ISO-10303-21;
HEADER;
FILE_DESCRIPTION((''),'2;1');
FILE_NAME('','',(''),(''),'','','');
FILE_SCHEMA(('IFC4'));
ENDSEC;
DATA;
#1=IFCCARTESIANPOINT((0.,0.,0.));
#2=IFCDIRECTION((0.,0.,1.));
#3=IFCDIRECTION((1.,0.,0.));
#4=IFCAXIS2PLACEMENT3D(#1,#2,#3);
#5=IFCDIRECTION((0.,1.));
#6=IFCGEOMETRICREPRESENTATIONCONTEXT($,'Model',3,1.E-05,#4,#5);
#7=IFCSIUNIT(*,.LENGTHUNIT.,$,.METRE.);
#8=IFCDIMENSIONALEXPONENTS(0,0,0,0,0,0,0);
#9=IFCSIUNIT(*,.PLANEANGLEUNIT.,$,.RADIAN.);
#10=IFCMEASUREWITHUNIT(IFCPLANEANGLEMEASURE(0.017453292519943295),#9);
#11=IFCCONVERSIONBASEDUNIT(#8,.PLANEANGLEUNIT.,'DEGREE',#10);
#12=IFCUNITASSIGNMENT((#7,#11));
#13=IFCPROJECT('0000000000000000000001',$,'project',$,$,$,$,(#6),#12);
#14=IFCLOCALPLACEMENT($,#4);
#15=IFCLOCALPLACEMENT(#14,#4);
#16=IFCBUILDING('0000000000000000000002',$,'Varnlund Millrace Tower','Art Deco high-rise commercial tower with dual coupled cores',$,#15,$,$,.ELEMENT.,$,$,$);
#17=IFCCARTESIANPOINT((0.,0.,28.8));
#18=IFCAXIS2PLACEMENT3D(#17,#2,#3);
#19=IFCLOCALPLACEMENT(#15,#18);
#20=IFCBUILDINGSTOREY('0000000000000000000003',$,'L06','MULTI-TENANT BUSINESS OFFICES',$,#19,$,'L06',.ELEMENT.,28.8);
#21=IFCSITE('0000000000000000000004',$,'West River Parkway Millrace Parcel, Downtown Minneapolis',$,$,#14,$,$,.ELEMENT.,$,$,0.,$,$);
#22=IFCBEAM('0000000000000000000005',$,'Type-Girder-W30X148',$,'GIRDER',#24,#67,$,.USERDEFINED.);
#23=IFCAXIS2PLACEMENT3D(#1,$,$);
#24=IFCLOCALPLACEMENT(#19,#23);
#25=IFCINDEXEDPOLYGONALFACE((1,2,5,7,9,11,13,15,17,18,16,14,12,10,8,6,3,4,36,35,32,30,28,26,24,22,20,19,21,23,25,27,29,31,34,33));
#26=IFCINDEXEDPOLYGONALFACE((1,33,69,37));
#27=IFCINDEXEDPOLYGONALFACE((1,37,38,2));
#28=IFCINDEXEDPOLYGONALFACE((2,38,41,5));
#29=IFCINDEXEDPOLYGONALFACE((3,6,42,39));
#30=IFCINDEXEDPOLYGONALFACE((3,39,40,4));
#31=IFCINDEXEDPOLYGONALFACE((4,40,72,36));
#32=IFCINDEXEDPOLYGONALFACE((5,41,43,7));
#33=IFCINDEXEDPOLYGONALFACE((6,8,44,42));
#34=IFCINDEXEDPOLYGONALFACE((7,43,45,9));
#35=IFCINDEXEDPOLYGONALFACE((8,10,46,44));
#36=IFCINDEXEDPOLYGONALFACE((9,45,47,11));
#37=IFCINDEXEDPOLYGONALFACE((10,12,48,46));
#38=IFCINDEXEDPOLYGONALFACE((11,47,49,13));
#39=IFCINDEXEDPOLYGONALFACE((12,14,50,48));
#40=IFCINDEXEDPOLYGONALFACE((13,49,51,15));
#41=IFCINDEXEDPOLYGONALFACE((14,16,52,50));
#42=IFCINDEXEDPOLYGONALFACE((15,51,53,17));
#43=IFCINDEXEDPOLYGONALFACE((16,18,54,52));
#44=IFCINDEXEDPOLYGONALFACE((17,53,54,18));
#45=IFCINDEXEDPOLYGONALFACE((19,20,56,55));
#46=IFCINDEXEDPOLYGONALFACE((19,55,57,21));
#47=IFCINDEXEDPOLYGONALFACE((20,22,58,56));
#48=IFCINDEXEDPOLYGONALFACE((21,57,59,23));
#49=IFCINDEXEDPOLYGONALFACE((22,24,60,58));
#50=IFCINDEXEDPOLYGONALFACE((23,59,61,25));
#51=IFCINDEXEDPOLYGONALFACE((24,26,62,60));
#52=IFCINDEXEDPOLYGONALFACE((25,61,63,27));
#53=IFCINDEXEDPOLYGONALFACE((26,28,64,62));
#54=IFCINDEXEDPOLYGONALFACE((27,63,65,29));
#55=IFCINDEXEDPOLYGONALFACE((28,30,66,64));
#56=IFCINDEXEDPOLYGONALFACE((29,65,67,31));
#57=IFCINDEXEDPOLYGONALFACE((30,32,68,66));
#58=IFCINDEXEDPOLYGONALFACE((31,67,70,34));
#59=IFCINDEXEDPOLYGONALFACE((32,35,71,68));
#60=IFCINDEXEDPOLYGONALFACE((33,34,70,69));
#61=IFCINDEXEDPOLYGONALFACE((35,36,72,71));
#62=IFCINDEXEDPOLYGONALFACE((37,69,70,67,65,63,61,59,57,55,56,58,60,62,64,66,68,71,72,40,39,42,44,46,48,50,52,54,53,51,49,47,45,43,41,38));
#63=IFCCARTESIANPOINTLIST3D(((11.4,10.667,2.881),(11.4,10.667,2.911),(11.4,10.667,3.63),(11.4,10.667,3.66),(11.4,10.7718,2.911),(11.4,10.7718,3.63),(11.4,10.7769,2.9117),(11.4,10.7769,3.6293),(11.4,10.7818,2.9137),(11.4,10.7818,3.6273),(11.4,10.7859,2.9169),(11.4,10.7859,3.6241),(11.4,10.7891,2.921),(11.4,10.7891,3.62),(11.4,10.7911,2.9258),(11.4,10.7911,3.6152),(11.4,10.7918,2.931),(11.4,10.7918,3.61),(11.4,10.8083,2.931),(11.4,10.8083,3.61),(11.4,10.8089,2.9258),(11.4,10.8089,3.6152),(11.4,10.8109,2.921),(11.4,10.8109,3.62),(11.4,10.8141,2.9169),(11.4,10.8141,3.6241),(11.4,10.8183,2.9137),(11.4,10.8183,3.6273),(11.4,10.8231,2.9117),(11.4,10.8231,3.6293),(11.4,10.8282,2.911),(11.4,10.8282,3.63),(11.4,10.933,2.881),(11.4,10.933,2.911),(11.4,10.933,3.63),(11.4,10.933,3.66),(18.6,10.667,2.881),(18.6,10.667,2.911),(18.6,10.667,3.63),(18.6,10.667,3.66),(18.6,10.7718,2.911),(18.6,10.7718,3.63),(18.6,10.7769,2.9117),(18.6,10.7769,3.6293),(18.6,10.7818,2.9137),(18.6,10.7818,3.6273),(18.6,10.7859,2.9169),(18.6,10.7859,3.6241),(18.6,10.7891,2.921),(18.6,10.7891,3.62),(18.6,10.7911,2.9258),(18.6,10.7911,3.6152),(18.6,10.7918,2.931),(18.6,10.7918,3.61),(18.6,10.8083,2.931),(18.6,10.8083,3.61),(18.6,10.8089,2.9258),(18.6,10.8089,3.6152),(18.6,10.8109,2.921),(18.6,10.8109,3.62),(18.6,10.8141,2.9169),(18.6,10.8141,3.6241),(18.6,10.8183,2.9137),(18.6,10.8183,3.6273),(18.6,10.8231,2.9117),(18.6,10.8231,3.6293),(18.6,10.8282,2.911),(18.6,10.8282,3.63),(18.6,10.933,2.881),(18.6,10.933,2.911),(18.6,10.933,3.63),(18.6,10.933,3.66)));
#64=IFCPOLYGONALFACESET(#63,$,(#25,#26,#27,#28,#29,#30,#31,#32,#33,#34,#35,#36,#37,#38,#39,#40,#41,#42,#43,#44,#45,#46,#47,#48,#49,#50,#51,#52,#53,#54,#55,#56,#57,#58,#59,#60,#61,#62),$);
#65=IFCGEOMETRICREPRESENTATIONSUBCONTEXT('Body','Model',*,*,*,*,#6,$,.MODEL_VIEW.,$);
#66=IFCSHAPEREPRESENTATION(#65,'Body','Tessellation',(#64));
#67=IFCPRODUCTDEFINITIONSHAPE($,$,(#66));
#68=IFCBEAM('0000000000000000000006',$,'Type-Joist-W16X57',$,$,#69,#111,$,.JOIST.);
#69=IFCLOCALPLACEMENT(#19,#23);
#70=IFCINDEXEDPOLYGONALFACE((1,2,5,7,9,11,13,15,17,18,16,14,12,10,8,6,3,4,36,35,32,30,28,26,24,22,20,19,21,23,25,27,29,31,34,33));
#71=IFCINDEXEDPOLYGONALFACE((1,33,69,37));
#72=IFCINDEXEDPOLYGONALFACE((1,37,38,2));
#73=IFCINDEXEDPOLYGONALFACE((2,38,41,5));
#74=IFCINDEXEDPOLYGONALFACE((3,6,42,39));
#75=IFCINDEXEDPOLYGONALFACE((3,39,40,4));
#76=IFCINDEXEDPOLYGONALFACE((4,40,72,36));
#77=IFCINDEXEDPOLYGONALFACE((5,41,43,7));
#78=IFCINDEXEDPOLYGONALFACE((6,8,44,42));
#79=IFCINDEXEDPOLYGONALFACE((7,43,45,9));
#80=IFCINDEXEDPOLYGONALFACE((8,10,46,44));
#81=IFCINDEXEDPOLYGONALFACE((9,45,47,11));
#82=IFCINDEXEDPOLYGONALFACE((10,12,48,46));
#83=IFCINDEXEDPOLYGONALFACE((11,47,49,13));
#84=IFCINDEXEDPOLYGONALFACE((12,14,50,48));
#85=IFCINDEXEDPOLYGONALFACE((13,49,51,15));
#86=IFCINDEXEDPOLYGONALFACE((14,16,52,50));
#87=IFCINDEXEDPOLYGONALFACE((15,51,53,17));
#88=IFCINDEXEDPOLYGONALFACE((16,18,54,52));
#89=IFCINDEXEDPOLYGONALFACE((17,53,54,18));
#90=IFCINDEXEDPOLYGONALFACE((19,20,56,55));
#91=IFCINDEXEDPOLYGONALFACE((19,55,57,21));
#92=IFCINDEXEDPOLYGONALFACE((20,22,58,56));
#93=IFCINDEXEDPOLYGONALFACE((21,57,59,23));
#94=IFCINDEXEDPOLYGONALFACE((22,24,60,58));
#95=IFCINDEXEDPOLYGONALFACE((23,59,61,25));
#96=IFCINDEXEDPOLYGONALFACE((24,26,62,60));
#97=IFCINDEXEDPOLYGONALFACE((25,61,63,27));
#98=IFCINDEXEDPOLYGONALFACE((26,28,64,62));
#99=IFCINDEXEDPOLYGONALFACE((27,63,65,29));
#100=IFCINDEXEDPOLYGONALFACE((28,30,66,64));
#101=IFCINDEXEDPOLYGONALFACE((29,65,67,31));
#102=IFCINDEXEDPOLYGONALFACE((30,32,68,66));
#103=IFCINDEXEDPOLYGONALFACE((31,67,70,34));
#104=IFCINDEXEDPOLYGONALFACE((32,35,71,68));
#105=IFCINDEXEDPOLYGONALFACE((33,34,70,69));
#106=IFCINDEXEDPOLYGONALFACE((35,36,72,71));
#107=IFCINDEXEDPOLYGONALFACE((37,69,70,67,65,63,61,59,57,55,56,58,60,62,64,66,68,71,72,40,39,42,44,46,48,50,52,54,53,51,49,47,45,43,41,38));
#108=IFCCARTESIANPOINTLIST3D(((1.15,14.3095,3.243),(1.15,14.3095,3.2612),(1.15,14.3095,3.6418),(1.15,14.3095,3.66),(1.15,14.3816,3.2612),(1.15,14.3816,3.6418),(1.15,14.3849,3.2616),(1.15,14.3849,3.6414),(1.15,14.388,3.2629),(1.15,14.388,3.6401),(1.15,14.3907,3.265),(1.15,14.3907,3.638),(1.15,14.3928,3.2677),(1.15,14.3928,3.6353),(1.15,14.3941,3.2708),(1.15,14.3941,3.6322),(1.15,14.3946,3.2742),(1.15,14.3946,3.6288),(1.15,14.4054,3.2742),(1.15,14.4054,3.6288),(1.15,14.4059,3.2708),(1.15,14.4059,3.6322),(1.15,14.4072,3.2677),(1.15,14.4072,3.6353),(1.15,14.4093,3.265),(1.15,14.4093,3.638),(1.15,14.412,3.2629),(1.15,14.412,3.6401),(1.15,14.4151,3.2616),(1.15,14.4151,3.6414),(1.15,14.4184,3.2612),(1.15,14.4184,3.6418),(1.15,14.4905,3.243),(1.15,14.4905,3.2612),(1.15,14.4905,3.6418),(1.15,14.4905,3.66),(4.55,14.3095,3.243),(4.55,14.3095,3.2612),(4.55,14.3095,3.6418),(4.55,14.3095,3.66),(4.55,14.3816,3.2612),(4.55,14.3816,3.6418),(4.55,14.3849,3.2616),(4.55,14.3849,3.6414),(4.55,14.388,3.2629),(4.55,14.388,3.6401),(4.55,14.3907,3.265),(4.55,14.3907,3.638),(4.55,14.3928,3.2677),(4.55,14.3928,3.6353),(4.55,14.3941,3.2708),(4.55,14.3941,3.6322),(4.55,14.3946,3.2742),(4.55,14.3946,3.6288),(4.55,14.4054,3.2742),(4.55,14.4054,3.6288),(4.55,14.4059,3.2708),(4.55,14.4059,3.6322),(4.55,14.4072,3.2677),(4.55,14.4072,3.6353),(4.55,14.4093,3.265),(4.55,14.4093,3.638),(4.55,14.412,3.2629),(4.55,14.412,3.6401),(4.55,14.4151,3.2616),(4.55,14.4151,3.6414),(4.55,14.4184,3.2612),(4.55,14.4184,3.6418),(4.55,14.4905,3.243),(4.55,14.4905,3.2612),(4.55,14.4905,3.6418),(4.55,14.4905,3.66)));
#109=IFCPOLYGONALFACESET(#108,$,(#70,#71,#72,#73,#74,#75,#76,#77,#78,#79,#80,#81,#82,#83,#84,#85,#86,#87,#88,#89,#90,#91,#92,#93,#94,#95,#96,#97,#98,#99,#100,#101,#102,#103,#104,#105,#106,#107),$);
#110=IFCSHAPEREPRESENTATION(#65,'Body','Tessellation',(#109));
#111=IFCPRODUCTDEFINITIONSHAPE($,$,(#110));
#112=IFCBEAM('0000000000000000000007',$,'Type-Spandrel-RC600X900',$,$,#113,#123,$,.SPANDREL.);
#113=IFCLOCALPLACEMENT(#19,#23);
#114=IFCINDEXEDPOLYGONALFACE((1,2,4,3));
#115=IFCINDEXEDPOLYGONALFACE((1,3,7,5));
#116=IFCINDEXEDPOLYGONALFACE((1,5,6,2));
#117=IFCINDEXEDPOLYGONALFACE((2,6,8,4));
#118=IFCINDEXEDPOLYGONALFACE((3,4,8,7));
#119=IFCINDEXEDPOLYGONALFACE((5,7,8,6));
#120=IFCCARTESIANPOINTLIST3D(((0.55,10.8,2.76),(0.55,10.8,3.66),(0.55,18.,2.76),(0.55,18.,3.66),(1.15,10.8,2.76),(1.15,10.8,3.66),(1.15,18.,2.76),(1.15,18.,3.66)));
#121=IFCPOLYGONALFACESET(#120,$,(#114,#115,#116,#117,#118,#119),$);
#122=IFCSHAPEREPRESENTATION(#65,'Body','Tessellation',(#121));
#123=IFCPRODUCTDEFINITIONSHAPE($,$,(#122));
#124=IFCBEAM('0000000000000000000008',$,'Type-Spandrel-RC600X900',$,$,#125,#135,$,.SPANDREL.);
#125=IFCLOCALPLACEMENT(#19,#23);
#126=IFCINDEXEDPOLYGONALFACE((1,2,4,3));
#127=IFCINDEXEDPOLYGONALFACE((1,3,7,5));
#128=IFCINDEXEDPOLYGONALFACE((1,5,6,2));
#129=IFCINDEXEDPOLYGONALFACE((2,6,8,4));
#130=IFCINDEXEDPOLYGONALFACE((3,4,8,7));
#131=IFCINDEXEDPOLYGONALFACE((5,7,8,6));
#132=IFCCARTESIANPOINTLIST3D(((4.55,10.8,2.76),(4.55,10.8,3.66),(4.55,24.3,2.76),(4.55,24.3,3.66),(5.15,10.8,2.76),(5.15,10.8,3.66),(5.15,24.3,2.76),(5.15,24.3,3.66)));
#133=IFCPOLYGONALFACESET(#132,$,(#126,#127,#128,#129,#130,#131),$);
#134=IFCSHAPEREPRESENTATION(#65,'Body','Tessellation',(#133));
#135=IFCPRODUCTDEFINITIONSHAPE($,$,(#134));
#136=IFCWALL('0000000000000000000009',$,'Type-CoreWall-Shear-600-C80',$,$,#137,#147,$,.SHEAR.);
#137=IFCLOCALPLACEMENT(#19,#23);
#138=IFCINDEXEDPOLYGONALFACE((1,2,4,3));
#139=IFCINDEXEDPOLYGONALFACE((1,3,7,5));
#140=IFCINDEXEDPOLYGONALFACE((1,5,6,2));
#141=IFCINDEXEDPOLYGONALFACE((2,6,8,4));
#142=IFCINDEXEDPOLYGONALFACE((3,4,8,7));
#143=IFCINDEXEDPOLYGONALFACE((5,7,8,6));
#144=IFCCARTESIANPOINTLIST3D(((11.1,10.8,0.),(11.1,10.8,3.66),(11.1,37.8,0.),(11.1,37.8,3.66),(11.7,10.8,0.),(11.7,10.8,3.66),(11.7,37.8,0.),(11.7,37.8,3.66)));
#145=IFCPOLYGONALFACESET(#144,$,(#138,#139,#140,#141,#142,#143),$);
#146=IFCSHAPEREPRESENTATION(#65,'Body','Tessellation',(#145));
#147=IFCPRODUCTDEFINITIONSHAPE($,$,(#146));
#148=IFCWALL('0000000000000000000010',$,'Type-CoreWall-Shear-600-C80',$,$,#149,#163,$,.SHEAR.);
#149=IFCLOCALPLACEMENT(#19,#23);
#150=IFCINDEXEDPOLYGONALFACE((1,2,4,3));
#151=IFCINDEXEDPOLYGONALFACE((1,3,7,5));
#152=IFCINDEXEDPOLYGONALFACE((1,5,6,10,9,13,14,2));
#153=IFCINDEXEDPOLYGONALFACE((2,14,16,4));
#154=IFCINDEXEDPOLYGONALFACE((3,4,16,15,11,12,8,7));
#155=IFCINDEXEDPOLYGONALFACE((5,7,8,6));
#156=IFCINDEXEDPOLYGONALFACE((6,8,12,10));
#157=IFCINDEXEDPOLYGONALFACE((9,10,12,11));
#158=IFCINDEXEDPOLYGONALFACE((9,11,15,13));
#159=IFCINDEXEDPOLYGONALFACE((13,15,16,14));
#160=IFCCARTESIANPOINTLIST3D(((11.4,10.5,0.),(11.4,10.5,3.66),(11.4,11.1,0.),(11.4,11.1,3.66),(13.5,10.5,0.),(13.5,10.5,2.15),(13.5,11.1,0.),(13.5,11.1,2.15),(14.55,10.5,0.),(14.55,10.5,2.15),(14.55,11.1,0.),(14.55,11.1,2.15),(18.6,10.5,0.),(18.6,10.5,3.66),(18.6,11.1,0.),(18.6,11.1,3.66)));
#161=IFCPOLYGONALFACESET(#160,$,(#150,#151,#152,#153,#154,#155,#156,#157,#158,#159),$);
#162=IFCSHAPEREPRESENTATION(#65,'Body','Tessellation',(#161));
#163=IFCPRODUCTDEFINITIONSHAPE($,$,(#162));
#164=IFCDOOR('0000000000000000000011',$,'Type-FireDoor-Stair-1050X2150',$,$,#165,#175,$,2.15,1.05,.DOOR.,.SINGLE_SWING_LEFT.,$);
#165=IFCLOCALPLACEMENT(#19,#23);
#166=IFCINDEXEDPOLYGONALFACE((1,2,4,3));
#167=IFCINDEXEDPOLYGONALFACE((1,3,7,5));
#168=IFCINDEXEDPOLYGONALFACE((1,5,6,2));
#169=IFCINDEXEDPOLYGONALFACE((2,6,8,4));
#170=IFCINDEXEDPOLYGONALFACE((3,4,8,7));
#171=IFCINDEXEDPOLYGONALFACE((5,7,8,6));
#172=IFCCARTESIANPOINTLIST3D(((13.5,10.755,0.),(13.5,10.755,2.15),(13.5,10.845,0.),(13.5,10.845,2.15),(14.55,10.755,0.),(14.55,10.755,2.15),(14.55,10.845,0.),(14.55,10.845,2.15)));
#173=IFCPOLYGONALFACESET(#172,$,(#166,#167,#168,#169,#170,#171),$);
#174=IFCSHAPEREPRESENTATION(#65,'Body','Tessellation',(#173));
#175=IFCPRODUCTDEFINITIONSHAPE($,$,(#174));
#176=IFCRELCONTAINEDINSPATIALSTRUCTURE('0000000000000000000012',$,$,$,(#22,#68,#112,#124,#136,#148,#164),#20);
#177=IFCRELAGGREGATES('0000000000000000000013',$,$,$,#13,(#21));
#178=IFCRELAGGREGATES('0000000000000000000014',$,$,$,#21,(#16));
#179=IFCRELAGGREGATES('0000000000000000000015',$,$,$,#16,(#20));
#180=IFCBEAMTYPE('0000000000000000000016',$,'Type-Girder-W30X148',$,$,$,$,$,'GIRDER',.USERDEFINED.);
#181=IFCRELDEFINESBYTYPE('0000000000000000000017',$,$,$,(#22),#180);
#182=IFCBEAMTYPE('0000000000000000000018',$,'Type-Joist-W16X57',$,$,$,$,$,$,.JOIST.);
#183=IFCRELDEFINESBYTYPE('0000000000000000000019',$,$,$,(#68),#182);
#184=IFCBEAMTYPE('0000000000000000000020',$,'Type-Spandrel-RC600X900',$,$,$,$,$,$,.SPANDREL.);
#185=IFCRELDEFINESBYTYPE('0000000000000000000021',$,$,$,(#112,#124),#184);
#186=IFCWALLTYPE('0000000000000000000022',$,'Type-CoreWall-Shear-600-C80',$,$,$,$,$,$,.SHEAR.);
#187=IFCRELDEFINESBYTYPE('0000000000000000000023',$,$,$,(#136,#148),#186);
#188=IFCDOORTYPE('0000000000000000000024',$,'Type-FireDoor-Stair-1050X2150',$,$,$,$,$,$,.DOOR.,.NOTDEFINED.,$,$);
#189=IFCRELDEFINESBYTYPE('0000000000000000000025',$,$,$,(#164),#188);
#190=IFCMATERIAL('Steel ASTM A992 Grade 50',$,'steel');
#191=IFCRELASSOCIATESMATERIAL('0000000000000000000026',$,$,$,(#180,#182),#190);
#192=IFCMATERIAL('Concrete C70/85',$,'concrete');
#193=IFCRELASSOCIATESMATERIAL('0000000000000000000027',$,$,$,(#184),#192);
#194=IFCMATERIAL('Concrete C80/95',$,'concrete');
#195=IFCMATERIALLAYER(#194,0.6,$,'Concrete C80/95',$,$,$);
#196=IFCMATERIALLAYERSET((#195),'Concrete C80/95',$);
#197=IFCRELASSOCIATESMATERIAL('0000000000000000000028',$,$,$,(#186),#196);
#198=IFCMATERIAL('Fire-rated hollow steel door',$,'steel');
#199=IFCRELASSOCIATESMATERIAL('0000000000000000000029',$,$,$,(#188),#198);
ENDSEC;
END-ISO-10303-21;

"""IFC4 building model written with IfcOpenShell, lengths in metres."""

from ifc_helpers import new_model, entity, si_unit, converted_unit, direction, frame, origin_with_axes, origin_2d_with_axis, place, context, subcontext, project, spatial, polyline, rectangle, i_section, outline, extrude, material, layer, layer_set, material_profile, profile_set, type_object, element, fill, save


model = new_model("IFC4")

# Units and contexts
model_context = context("Model", 3, precision=1e-05, world=origin_with_axes(), true_north=direction((0.0, 1.0)))
body_context = subcontext(model_context, "Body", "Model", "MODEL_VIEW")
ifc_project = project(units=[si_unit("LENGTHUNIT", "METRE"), converted_unit("PLANEANGLEUNIT", "DEGREE", entity("IfcPlaneAngleMeasure", 0.017453292519943295), si_unit("PLANEANGLEUNIT", "RADIAN"), dimensions=[0, 0, 0, 0, 0, 0, 0])], contexts=[model_context])

# Site, building, storey
site_placement = place(None, origin_with_axes())
site = spatial("IfcSite", under=ifc_project, at=site_placement, Name="West River Parkway Millrace Parcel, Downtown Minneapolis", CompositionType="ELEMENT", RefElevation=0.0)
building_placement = place(site_placement, origin_with_axes())
building = spatial("IfcBuilding", under=site, at=building_placement, Name="Varnlund Millrace Tower", Description="Art Deco high-rise commercial tower with dual coupled cores", CompositionType="ELEMENT")
storey_placement = place(building_placement, frame((0.0, 0.0, 28.8), z_axis=(0.0, 0.0, 1.0), x_axis=(1.0, 0.0, 0.0)))
storey = spatial("IfcBuildingStorey", under=building, at=storey_placement, Name="L06", Description="MULTI-TENANT BUSINESS OFFICES", LongName="L06", CompositionType="ELEMENT", Elevation=28.8)

# Shared definitions
ifc_material_1 = material(Name="Concrete C80/95", Category="concrete")

# Beams
ifc_material_2 = material(Name="Steel ASTM A992 Grade 50", Category="steel")
ifc_material_profile_1 = material_profile(ifc_material_2, i_section(OverallWidth=0.266, OverallDepth=0.779, WebThickness=0.0165, FlangeThickness=0.03, FilletRadius=0.02, at=origin_2d_with_axis()), Name="Steel ASTM A992 Grade 50")
ifc_profile_set_1 = profile_set([ifc_material_profile_1], Name="Steel ASTM A992 Grade 50")
beam_type_1 = type_object("IfcBeamType", Name="Type-Girder-W30X148", ElementType="GIRDER", PredefinedType="USERDEFINED", material=ifc_profile_set_1)
beam_1_placement = place(storey_placement, frame((11.4, 10.8, 3.2705), z_axis=(1.0, 0.0, 0.0), x_axis=(0.0, 1.0, 0.0)))
element("IfcBeam", 1, at=beam_1_placement, inside=storey, type_object=beam_type_1, Name="Type-Girder-W30X148", ObjectType="GIRDER", PredefinedType="USERDEFINED", context=body_context, shape_type="SweptSolid", body=[
    extrude(i_section(OverallWidth=0.266, OverallDepth=0.779, WebThickness=0.0165, FlangeThickness=0.03, FilletRadius=0.02, at=origin_2d_with_axis()), origin_with_axes(), (0.0, 0.0, 1.0), 7.2),
])
ifc_material_profile_2 = material_profile(ifc_material_2, i_section(OverallWidth=0.181, OverallDepth=0.417, WebThickness=0.0109, FlangeThickness=0.0182, FilletRadius=0.013, at=origin_2d_with_axis()), Name="Steel ASTM A992 Grade 50")
ifc_profile_set_2 = profile_set([ifc_material_profile_2], Name="Steel ASTM A992 Grade 50")
beam_type_2 = type_object("IfcBeamType", Name="Type-Joist-W16X57", PredefinedType="JOIST", material=ifc_profile_set_2)
beam_2_placement = place(storey_placement, frame((1.15, 14.4, 3.4515), z_axis=(1.0, 0.0, 0.0), x_axis=(0.0, 1.0, 0.0)))
element("IfcBeam", 2, at=beam_2_placement, inside=storey, type_object=beam_type_2, Name="Type-Joist-W16X57", PredefinedType="JOIST", context=body_context, shape_type="SweptSolid", body=[
    extrude(i_section(OverallWidth=0.181, OverallDepth=0.417, WebThickness=0.0109, FlangeThickness=0.0182, FilletRadius=0.013, at=origin_2d_with_axis()), origin_with_axes(), (0.0, 0.0, 1.0), 3.4),
])
ifc_material_3 = material(Name="Concrete C70/85", Category="concrete")
ifc_material_profile_3 = material_profile(ifc_material_3, rectangle(XDim=0.6, YDim=0.9, at=origin_2d_with_axis()), Name="Concrete C70/85")
ifc_profile_set_3 = profile_set([ifc_material_profile_3], Name="Concrete C70/85")
beam_type_3 = type_object("IfcBeamType", Name="Type-Spandrel-RC600X900", PredefinedType="SPANDREL", material=ifc_profile_set_3)
beam_3_placement = place(storey_placement, frame((0.85, 10.8, 3.21), z_axis=(0.0, 1.0, 0.0), x_axis=(-1.0, 0.0, 0.0)))
element("IfcBeam", 3, at=beam_3_placement, inside=storey, type_object=beam_type_3, Name="Type-Spandrel-RC600X900", PredefinedType="SPANDREL", context=body_context, shape_type="SweptSolid", body=[
    extrude(rectangle(XDim=0.6, YDim=0.9, at=origin_2d_with_axis()), origin_with_axes(), (0.0, 0.0, 1.0), 7.2),
])
beam_4_placement = place(storey_placement, frame((4.85, 10.8, 3.21), z_axis=(0.0, 1.0, 0.0), x_axis=(-1.0, 0.0, 0.0)))
element("IfcBeam", 4, at=beam_4_placement, inside=storey, type_object=beam_type_3, Name="Type-Spandrel-RC600X900", PredefinedType="SPANDREL", context=body_context, shape_type="SweptSolid", body=[
    extrude(rectangle(XDim=0.6, YDim=0.9, at=origin_2d_with_axis()), origin_with_axes(), (0.0, 0.0, 1.0), 13.5),
])

# Wall
ifc_layer_1 = layer(ifc_material_1, 0.6, Name="Concrete C80/95")
ifc_layer_set_1 = layer_set([ifc_layer_1], Name="Concrete C80/95")
wall_type_1 = type_object("IfcWallType", Name="Type-CoreWall-Shear-600-C80", PredefinedType="SHEAR", material=ifc_layer_set_1)
wall_1_placement = place(storey_placement, frame((11.4, 10.8, 0.0), z_axis=(0.0, 0.0, 1.0), x_axis=(0.0, 1.0, 0.0)))
element("IfcWall", 5, at=wall_1_placement, inside=storey, type_object=wall_type_1, Name="Type-CoreWall-Shear-600-C80", PredefinedType="SHEAR", context=body_context, shape_type="SweptSolid", body=[
    extrude(outline(polyline([(0.0, -0.3), (27.0, -0.3), (27.0, 0.3), (0.0, 0.3), (0.0, -0.3)])), origin_with_axes(), (0.0, 0.0, 1.0), 3.66),
])

# Wall, opening, door
wall_2_placement = place(storey_placement, frame((11.4, 10.8, 0.0), z_axis=(0.0, 0.0, 1.0), x_axis=(1.0, 0.0, 0.0)))
wall_2 = element("IfcWall", 6, at=wall_2_placement, inside=storey, type_object=wall_type_1, Name="Type-CoreWall-Shear-600-C80", PredefinedType="SHEAR", context=body_context, shape_type="SweptSolid", body=[
    extrude(outline(polyline([(0.0, -0.3), (7.2, -0.3), (7.2, 0.3), (0.0, 0.3), (0.0, -0.3)])), origin_with_axes(), (0.0, 0.0, 1.0), 3.66),
])
opening_1_placement = place(wall_2_placement, frame((2.625, 0.0, 0.0), z_axis=(0.0, 0.0, 1.0), x_axis=(1.0, 0.0, 0.0)))
opening_1 = element("IfcOpeningElement", 7, at=opening_1_placement, cuts=wall_2, PredefinedType="OPENING", context=body_context, shape_type="SweptSolid", body=[
    extrude(rectangle(XDim=1.05, YDim=0.62, at=origin_2d_with_axis()), origin_with_axes(), (0.0, 0.0, 1.0), 2.15),
])
ifc_material_4 = material(Name="Fire-rated hollow steel door", Category="steel")
door_type_1 = type_object("IfcDoorType", Name="Type-FireDoor-Stair-1050X2150", OperationType="NOTDEFINED", PredefinedType="DOOR", material=ifc_material_4)
door_1_placement = place(wall_2_placement, frame((2.625, 0.0, 0.0), z_axis=(0.0, 0.0, 1.0), x_axis=(1.0, 0.0, 0.0)))
door_1 = element("IfcDoor", 8, at=door_1_placement, inside=storey, type_object=door_type_1, Name="Type-FireDoor-Stair-1050X2150", OperationType="SINGLE_SWING_LEFT", OverallHeight=2.15, OverallWidth=1.05, PredefinedType="DOOR", context=body_context, shape_type="SweptSolid", body=[
    extrude(rectangle(XDim=1.05, YDim=0.09, at=origin_2d_with_axis()), origin_with_axes(), (0.0, 0.0, 1.0), 2.15),
])
fill(opening_1, door_1)

save(model, "model.ifc")
